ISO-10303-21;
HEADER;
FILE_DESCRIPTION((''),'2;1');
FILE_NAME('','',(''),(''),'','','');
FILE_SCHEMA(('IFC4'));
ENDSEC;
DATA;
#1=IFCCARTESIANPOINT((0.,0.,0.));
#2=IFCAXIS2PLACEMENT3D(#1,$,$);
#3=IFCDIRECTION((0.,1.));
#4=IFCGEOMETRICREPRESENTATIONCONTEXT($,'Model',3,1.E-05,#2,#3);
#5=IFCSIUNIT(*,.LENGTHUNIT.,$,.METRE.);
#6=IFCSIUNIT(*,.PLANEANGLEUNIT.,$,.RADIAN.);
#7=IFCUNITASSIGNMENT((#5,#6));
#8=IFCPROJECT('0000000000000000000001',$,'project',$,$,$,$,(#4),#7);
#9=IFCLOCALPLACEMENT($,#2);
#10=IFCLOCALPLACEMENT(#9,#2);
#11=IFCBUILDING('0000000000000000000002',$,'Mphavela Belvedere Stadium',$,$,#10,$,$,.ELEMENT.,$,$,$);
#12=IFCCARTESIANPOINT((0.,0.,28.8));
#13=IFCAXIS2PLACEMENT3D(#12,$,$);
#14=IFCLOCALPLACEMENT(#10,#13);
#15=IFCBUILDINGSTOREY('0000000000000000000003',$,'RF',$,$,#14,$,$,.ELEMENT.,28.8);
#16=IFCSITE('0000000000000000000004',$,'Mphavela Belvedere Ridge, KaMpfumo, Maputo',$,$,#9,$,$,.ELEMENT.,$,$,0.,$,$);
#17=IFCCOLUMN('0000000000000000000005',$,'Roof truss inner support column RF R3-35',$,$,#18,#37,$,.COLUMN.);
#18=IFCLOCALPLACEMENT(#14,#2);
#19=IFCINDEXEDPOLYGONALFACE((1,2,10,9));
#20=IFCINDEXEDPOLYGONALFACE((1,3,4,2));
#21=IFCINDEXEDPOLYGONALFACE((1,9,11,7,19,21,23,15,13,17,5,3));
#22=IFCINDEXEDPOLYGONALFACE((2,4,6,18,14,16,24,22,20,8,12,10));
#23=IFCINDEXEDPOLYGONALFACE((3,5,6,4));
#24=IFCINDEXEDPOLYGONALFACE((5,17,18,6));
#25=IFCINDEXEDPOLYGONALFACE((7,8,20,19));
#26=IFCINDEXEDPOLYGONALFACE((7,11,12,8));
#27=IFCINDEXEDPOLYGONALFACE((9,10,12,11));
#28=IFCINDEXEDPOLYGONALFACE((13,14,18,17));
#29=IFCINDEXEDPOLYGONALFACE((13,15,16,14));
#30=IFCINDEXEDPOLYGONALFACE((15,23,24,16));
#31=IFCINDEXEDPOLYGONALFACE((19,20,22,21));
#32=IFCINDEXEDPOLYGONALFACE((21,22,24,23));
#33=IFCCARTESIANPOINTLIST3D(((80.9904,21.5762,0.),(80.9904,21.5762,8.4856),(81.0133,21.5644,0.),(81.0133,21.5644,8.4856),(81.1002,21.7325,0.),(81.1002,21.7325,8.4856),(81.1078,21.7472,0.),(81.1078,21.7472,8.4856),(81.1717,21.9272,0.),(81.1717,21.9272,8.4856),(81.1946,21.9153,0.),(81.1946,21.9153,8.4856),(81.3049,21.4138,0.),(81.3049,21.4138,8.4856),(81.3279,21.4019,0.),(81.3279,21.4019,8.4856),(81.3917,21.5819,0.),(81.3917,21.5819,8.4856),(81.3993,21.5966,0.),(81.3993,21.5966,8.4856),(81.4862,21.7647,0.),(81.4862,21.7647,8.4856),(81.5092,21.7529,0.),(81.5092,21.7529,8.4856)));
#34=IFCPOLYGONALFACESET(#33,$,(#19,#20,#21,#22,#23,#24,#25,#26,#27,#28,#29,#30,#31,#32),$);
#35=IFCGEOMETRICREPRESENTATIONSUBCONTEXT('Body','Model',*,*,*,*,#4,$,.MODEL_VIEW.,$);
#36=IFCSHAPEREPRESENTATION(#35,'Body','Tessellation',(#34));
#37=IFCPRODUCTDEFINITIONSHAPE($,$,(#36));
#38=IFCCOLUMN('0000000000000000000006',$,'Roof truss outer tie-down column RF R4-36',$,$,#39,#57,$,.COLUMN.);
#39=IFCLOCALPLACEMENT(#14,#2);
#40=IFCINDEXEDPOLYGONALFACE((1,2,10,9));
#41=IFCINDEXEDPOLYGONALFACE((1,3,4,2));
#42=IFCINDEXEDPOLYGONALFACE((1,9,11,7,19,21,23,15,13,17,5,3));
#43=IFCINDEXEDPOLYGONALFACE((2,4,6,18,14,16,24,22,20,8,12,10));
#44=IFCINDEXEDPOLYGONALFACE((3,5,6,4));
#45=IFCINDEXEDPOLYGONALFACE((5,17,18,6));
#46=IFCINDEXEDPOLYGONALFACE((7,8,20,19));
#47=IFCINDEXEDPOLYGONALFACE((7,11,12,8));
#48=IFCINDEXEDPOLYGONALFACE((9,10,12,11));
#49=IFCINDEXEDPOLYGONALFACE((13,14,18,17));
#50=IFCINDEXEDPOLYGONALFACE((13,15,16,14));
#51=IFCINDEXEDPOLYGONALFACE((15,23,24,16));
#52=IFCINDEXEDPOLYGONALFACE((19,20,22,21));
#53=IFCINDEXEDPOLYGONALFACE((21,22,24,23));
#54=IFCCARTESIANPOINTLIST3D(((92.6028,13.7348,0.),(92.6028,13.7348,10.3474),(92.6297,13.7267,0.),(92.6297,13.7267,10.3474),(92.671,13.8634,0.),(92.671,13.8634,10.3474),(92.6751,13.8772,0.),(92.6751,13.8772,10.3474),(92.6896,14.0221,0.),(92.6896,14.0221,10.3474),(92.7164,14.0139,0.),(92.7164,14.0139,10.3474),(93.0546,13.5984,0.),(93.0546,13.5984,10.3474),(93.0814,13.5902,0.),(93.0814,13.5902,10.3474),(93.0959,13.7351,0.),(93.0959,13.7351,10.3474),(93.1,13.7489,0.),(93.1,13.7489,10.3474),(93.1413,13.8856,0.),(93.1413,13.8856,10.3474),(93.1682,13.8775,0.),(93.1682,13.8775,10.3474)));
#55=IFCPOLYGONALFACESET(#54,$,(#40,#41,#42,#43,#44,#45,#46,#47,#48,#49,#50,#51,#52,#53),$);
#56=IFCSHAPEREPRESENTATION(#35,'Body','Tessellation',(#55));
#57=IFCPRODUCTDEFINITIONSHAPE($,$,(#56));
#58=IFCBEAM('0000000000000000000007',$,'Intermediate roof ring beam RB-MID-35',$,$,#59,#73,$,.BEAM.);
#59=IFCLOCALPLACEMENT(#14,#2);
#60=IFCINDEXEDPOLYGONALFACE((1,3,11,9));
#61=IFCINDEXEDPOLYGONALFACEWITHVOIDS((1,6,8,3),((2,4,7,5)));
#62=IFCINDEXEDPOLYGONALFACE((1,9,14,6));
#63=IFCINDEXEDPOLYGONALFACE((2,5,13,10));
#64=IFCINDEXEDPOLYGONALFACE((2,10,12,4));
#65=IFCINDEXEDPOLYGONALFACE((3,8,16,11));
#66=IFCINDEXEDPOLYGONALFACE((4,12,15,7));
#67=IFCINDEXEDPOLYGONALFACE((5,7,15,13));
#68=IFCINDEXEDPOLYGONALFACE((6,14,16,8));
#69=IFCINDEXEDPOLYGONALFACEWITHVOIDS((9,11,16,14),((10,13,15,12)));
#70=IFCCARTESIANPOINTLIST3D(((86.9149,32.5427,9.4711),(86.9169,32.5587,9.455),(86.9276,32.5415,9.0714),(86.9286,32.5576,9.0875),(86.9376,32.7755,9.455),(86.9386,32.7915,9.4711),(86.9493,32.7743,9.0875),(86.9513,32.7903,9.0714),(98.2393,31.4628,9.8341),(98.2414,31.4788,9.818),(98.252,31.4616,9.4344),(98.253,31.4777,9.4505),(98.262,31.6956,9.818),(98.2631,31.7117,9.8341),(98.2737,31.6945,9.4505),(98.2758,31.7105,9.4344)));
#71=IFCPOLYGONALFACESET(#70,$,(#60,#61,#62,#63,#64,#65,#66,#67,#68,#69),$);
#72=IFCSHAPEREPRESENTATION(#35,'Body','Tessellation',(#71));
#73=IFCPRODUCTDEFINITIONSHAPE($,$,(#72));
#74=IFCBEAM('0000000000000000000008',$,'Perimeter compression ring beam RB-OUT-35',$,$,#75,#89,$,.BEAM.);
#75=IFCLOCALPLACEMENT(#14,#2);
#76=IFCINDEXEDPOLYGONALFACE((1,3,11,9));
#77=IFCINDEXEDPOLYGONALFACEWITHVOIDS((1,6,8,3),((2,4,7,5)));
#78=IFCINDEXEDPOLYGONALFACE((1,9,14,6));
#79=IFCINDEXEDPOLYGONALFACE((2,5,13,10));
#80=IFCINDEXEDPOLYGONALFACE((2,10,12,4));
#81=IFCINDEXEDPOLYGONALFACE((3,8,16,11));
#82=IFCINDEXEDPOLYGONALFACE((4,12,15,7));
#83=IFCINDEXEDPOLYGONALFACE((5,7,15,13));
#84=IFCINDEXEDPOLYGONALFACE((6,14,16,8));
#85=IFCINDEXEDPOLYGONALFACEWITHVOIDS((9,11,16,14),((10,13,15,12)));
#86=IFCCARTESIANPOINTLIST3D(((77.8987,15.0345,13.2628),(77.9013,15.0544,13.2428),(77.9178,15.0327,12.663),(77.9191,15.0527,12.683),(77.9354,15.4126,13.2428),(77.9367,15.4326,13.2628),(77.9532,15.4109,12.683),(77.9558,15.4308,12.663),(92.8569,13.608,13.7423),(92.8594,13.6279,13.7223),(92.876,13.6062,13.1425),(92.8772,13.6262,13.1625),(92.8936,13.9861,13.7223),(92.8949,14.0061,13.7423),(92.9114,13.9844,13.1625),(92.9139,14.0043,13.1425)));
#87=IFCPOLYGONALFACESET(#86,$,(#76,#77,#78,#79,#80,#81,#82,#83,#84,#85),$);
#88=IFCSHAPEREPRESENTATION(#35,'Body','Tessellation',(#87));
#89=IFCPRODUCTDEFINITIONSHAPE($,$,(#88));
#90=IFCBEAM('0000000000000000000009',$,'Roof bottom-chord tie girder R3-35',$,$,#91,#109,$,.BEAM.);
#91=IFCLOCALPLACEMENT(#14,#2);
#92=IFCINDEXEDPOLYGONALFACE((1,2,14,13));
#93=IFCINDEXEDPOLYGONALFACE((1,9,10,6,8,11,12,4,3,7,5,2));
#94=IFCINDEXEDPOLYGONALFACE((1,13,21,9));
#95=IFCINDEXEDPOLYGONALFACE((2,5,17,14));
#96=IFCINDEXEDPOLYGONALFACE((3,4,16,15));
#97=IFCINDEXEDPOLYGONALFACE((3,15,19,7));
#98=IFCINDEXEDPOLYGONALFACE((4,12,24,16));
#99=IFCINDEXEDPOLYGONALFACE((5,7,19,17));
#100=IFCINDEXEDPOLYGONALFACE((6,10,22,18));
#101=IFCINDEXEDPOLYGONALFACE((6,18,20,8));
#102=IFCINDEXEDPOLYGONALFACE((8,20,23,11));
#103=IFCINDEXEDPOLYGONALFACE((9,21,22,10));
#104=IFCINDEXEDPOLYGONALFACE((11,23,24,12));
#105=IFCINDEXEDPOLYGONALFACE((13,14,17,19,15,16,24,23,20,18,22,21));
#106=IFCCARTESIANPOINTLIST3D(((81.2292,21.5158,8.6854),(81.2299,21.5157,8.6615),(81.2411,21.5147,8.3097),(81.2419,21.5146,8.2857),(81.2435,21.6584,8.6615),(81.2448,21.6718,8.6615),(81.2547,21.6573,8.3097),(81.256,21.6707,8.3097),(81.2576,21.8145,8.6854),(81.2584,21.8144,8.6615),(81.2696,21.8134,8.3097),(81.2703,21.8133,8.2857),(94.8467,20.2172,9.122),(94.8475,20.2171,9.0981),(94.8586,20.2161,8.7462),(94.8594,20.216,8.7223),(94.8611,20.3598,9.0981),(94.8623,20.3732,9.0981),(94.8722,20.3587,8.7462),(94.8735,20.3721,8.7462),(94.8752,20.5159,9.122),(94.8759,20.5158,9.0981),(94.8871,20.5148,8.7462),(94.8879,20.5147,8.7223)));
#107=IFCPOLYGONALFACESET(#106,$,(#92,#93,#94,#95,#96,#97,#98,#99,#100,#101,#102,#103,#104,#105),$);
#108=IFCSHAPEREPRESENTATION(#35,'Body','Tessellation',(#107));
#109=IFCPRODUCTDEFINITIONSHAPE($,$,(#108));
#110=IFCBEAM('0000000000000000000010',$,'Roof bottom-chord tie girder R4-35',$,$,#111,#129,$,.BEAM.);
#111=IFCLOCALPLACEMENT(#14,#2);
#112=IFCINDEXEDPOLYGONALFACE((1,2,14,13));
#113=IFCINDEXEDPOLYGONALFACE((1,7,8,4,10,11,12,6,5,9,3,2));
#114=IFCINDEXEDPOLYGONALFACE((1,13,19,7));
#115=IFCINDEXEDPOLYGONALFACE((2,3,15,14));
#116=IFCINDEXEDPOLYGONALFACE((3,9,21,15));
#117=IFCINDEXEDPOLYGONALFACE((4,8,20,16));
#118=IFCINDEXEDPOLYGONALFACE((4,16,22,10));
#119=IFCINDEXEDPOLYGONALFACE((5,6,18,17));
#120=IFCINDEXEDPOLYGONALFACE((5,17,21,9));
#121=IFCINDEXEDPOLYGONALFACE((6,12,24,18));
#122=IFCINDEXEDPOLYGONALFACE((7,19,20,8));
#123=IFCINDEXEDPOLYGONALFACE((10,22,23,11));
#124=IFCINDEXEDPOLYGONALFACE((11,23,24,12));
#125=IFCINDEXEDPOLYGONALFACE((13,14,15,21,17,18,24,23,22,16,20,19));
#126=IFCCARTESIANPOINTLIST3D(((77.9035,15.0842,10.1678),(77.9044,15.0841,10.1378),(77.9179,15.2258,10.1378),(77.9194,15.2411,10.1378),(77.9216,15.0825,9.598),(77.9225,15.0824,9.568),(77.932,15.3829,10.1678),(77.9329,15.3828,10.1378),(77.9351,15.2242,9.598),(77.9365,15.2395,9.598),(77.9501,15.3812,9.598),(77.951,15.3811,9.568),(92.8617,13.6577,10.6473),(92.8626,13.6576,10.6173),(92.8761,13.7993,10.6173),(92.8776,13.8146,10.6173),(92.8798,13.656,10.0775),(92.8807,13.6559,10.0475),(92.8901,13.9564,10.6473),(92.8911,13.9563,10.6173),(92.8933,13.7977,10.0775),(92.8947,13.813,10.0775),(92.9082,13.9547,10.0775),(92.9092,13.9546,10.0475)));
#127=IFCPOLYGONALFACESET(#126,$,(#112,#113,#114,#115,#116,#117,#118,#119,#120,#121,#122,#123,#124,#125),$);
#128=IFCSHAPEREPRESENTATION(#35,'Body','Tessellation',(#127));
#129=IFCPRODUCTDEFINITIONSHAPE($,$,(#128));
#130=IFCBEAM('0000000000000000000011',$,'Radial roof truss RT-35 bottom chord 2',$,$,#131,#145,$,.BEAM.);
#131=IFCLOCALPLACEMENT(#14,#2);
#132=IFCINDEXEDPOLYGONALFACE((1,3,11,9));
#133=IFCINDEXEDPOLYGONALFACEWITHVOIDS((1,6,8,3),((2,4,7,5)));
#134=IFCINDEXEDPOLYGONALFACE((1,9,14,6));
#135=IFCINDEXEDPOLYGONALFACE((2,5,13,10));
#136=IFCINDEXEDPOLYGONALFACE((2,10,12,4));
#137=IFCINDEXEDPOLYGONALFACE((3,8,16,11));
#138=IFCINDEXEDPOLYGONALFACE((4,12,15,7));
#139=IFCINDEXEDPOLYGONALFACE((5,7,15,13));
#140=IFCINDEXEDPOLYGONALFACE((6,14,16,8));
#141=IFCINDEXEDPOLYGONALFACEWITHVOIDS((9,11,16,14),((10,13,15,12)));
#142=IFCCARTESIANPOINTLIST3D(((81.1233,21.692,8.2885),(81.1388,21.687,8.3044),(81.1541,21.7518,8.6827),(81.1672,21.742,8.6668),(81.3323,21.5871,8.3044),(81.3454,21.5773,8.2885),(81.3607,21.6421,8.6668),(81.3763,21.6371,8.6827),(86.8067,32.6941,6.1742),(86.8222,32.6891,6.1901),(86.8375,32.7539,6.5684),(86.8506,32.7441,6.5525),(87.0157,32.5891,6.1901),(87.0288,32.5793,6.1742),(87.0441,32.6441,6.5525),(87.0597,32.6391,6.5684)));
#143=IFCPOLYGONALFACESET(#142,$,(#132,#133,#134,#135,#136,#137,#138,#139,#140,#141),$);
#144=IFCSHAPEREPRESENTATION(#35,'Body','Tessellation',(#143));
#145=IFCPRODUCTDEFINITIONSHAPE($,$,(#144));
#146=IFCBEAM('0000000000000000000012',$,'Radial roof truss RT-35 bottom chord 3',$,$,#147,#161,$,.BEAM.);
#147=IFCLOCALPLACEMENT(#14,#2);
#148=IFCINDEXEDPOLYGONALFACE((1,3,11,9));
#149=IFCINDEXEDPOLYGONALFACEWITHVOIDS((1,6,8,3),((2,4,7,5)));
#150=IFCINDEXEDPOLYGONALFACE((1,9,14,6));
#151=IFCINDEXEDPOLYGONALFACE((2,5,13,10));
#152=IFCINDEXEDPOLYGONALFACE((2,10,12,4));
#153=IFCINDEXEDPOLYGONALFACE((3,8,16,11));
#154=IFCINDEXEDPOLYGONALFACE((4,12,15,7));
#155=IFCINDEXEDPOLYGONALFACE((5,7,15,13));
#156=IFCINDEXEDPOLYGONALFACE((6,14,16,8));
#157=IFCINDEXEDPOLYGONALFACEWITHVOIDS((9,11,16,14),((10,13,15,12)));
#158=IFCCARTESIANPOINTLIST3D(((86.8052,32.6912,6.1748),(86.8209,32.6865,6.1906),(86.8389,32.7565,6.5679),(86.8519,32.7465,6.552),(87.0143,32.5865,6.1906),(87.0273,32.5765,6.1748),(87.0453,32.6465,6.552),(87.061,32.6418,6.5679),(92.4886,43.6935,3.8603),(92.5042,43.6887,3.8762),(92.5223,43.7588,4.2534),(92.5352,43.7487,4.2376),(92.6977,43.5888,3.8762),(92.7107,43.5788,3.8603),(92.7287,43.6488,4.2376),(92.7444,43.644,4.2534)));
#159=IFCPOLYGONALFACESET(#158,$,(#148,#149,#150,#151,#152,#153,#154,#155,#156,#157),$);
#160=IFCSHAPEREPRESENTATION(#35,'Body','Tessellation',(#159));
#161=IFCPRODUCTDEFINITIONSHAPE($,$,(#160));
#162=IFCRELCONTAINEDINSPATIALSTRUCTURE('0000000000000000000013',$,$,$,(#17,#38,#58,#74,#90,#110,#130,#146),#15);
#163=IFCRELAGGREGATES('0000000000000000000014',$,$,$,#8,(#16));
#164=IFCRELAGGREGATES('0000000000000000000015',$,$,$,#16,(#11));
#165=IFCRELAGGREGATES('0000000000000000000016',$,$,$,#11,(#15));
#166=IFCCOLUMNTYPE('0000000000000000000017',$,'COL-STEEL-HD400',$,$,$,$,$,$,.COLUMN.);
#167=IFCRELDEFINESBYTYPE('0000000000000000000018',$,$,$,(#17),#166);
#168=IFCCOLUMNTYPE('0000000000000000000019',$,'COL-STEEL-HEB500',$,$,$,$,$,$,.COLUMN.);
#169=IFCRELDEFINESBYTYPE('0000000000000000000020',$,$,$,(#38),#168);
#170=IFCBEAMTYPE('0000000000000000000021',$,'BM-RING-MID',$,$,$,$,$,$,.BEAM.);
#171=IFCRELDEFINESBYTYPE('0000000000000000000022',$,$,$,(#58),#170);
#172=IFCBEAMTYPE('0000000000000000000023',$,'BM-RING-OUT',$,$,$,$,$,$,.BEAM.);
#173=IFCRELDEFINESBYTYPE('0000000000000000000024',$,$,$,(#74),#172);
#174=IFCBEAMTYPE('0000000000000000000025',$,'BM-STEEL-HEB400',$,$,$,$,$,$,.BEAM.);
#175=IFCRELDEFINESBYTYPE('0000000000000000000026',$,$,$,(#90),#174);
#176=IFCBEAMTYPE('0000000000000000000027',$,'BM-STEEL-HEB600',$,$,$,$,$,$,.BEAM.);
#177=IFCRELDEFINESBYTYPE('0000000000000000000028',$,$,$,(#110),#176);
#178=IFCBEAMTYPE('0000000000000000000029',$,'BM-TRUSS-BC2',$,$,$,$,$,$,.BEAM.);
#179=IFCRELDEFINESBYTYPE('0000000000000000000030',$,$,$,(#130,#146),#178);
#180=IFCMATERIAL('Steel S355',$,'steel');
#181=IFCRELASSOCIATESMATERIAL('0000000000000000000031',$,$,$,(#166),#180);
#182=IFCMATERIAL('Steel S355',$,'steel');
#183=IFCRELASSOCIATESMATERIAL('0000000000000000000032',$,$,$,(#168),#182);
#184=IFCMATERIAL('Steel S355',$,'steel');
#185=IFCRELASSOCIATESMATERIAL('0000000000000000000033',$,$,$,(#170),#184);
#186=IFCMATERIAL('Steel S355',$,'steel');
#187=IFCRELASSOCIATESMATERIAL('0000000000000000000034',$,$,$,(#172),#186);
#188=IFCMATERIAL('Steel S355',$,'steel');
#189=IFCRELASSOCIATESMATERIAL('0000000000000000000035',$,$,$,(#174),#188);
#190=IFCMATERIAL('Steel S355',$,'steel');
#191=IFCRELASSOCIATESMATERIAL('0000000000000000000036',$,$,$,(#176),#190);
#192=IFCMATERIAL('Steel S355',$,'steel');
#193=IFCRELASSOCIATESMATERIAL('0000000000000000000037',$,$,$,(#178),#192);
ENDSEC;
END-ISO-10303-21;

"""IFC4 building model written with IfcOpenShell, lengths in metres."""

from ifc_helpers import new_model, si_unit, direction, frame, origin, origin_2d, place, context, subcontext, project, spatial, hollow_rectangle, i_section, extrude, material, material_profile, profile_set, type_object, element, save


model = new_model("IFC4")

# Units and contexts
model_context = context("Model", 3, precision=1e-05, world=origin(), true_north=direction((0.0, 1.0)))
body_context = subcontext(model_context, "Body", "Model", "MODEL_VIEW")
ifc_project = project(units=[si_unit("LENGTHUNIT", "METRE"), si_unit("PLANEANGLEUNIT", "RADIAN")], contexts=[model_context])

# Site, building, storey
site_placement = place(None, origin())
site = spatial("IfcSite", under=ifc_project, at=site_placement, Name="Mphavela Belvedere Ridge, KaMpfumo, Maputo", CompositionType="ELEMENT", RefElevation=0.0)
building_placement = place(site_placement, origin())
building = spatial("IfcBuilding", under=site, at=building_placement, Name="Mphavela Belvedere Stadium", CompositionType="ELEMENT")
storey_placement = place(building_placement, frame((0.0, 0.0, 28.8)))
storey = spatial("IfcBuildingStorey", under=building, at=storey_placement, Name="RF", CompositionType="ELEMENT", Elevation=28.8)

# Columns
ifc_material_1 = material(Name="Steel S355", Category="steel")
ifc_material_profile_1 = material_profile(ifc_material_1, i_section(OverallWidth=0.395, OverallDepth=0.3799, WebThickness=0.0166, FlangeThickness=0.0259, at=origin_2d()), Name="HD 400x237")
ifc_profile_set_1 = profile_set([ifc_material_profile_1], Name="Steel S355")
column_type_1 = type_object("IfcColumnType", Name="COL-STEEL-HD400", PredefinedType="COLUMN", material=ifc_profile_set_1)
column_1_placement = place(storey_placement, frame((81.2498, 21.6646, 0.0), z_axis=(0.0, 0.0, 1.0), x_axis=(-0.45896, -0.888457, 0.0)))
element("IfcColumn", 1, at=column_1_placement, inside=storey, type_object=column_type_1, Name="Roof truss inner support column RF R3-35", PredefinedType="COLUMN", context=body_context, shape_type="SweptSolid", body=[
    extrude(i_section(OverallWidth=0.395, OverallDepth=0.3799, WebThickness=0.0166, FlangeThickness=0.0259, at=origin_2d()), origin(), (0.0, 0.0, 1.0), 8.4856),
])
ifc_material_2 = material(Name="Steel S355", Category="steel")
ifc_material_profile_2 = material_profile(ifc_material_2, i_section(OverallWidth=0.3, OverallDepth=0.5, WebThickness=0.0144, FlangeThickness=0.0281, at=origin_2d()), Name="HEB 500")
ifc_profile_set_2 = profile_set([ifc_material_profile_2], Name="Steel S355")
column_type_2 = type_object("IfcColumnType", Name="COL-STEEL-HEB500", PredefinedType="COLUMN", material=ifc_profile_set_2)
column_2_placement = place(storey_placement, frame((92.8855, 13.8062, 0.0), z_axis=(0.0, 0.0, 1.0), x_axis=(-0.289199, -0.957269, 0.0)))
element("IfcColumn", 2, at=column_2_placement, inside=storey, type_object=column_type_2, Name="Roof truss outer tie-down column RF R4-36", PredefinedType="COLUMN", context=body_context, shape_type="SweptSolid", body=[
    extrude(i_section(OverallWidth=0.3, OverallDepth=0.5, WebThickness=0.0144, FlangeThickness=0.0281, at=origin_2d()), origin(), (0.0, 0.0, 1.0), 10.3474),
])

# Beams
ifc_material_3 = material(Name="Steel S355", Category="steel")
ifc_material_profile_3 = material_profile(ifc_material_3, hollow_rectangle(XDim=0.25, YDim=0.3999, WallThickness=0.0161, at=origin_2d()), Name="RHS 400x250x16")
ifc_profile_set_3 = profile_set([ifc_material_profile_3], Name="Steel S355")
beam_type_1 = type_object("IfcBeamType", Name="BM-RING-MID", PredefinedType="BEAM", material=ifc_profile_set_3)
beam_1_placement = place(storey_placement, frame((86.9331, 32.6665, 9.2712), z_axis=(0.994978, -0.094875, 0.031897), x_axis=(0.094924, 0.995485, 0.0)))
element("IfcBeam", 3, at=beam_1_placement, inside=storey, type_object=beam_type_1, Name="Intermediate roof ring beam RB-MID-35", PredefinedType="BEAM", context=body_context, shape_type="SweptSolid", body=[
    extrude(hollow_rectangle(XDim=0.25, YDim=0.3999, WallThickness=0.0161, at=origin_2d()), origin(), (0.0, 0.0, 1.0), 11.3816),
])
ifc_material_4 = material(Name="Steel S355", Category="steel")
ifc_material_profile_4 = material_profile(ifc_material_4, hollow_rectangle(XDim=0.3999, YDim=0.6001, WallThickness=0.02, at=origin_2d()), Name="RHS 600x400x20")
ifc_profile_set_4 = profile_set([ifc_material_profile_4], Name="Steel S355")
beam_type_2 = type_object("IfcBeamType", Name="BM-RING-OUT", PredefinedType="BEAM", material=ifc_profile_set_4)
beam_2_placement = place(storey_placement, frame((77.9272, 15.2327, 12.9629), z_axis=(0.994977, -0.094887, 0.031894), x_axis=(0.094936, 0.995483, 0.0)))
element("IfcBeam", 4, at=beam_2_placement, inside=storey, type_object=beam_type_2, Name="Perimeter compression ring beam RB-OUT-35", PredefinedType="BEAM", context=body_context, shape_type="SweptSolid", body=[
    extrude(hollow_rectangle(XDim=0.3999, YDim=0.6001, WallThickness=0.02, at=origin_2d()), origin(), (0.0, 0.0, 1.0), 15.0337),
])
ifc_material_5 = material(Name="Steel S355", Category="steel")
ifc_material_profile_5 = material_profile(ifc_material_5, i_section(OverallWidth=0.3, OverallDepth=0.3999, WebThickness=0.0134, FlangeThickness=0.0239, at=origin_2d()), Name="HEB 400")
ifc_profile_set_5 = profile_set([ifc_material_profile_5], Name="Steel S355")
beam_type_3 = type_object("IfcBeamType", Name="BM-STEEL-HEB400", PredefinedType="BEAM", material=ifc_profile_set_5)
beam_3_placement = place(storey_placement, frame((81.2498, 21.6646, 8.4856), z_axis=(0.994977, -0.094883, 0.031895), x_axis=(0.094931, 0.995484, 0.0)))
element("IfcBeam", 5, at=beam_3_placement, inside=storey, type_object=beam_type_3, Name="Roof bottom-chord tie girder R3-35", PredefinedType="BEAM", context=body_context, shape_type="SweptSolid", body=[
    extrude(i_section(OverallWidth=0.3, OverallDepth=0.3999, WebThickness=0.0134, FlangeThickness=0.0239, at=origin_2d()), origin(), (0.0, 0.0, 1.0), 13.6863),
])
ifc_material_6 = material(Name="Steel S355", Category="steel")
ifc_material_profile_6 = material_profile(ifc_material_6, i_section(OverallWidth=0.3, OverallDepth=0.6001, WebThickness=0.0154, FlangeThickness=0.03, at=origin_2d()), Name="HEB 600")
ifc_profile_set_6 = profile_set([ifc_material_profile_6], Name="Steel S355")
beam_type_4 = type_object("IfcBeamType", Name="BM-STEEL-HEB600", PredefinedType="BEAM", material=ifc_profile_set_6)
beam_4_placement = place(storey_placement, frame((77.9272, 15.2327, 9.8679), z_axis=(0.994977, -0.094887, 0.031894), x_axis=(0.094936, 0.995483, 0.0)))
element("IfcBeam", 6, at=beam_4_placement, inside=storey, type_object=beam_type_4, Name="Roof bottom-chord tie girder R4-35", PredefinedType="BEAM", context=body_context, shape_type="SweptSolid", body=[
    extrude(i_section(OverallWidth=0.3, OverallDepth=0.6001, WebThickness=0.0154, FlangeThickness=0.03, at=origin_2d()), origin(), (0.0, 0.0, 1.0), 15.0337),
])
ifc_material_7 = material(Name="Steel S355", Category="steel")
ifc_material_profile_7 = material_profile(ifc_material_7, hollow_rectangle(XDim=0.25, YDim=0.3999, WallThickness=0.0161, at=origin_2d()), Name="RHS 400x250x16")
ifc_profile_set_7 = profile_set([ifc_material_profile_7], Name="Steel S355")
beam_type_5 = type_object("IfcBeamType", Name="BM-TRUSS-BC2", PredefinedType="BEAM", material=ifc_profile_set_7)
beam_5_placement = place(storey_placement, frame((81.2498, 21.6646, 8.4856), z_axis=(0.45241, 0.875785, -0.168301), x_axis=(-0.888459, 0.458957, 0.0)))
element("IfcBeam", 7, at=beam_5_placement, inside=storey, type_object=beam_type_5, Name="Radial roof truss RT-35 bottom chord 2", PredefinedType="BEAM", context=body_context, shape_type="SweptSolid", body=[
    extrude(hollow_rectangle(XDim=0.25, YDim=0.3999, WallThickness=0.0161, at=origin_2d()), origin(), (0.0, 0.0, 1.0), 12.5625),
])
beam_6_placement = place(storey_placement, frame((86.9331, 32.6665, 6.3713), z_axis=(0.451137, 0.87334, -0.183718), x_axis=(-0.888463, 0.458949, 0.0)))
element("IfcBeam", 8, at=beam_6_placement, inside=storey, type_object=beam_type_5, Name="Radial roof truss RT-35 bottom chord 3", PredefinedType="BEAM", context=body_context, shape_type="SweptSolid", body=[
    extrude(hollow_rectangle(XDim=0.25, YDim=0.3999, WallThickness=0.0161, at=origin_2d()), origin(), (0.0, 0.0, 1.0), 12.5979),
])

save(model, "model.ifc")
